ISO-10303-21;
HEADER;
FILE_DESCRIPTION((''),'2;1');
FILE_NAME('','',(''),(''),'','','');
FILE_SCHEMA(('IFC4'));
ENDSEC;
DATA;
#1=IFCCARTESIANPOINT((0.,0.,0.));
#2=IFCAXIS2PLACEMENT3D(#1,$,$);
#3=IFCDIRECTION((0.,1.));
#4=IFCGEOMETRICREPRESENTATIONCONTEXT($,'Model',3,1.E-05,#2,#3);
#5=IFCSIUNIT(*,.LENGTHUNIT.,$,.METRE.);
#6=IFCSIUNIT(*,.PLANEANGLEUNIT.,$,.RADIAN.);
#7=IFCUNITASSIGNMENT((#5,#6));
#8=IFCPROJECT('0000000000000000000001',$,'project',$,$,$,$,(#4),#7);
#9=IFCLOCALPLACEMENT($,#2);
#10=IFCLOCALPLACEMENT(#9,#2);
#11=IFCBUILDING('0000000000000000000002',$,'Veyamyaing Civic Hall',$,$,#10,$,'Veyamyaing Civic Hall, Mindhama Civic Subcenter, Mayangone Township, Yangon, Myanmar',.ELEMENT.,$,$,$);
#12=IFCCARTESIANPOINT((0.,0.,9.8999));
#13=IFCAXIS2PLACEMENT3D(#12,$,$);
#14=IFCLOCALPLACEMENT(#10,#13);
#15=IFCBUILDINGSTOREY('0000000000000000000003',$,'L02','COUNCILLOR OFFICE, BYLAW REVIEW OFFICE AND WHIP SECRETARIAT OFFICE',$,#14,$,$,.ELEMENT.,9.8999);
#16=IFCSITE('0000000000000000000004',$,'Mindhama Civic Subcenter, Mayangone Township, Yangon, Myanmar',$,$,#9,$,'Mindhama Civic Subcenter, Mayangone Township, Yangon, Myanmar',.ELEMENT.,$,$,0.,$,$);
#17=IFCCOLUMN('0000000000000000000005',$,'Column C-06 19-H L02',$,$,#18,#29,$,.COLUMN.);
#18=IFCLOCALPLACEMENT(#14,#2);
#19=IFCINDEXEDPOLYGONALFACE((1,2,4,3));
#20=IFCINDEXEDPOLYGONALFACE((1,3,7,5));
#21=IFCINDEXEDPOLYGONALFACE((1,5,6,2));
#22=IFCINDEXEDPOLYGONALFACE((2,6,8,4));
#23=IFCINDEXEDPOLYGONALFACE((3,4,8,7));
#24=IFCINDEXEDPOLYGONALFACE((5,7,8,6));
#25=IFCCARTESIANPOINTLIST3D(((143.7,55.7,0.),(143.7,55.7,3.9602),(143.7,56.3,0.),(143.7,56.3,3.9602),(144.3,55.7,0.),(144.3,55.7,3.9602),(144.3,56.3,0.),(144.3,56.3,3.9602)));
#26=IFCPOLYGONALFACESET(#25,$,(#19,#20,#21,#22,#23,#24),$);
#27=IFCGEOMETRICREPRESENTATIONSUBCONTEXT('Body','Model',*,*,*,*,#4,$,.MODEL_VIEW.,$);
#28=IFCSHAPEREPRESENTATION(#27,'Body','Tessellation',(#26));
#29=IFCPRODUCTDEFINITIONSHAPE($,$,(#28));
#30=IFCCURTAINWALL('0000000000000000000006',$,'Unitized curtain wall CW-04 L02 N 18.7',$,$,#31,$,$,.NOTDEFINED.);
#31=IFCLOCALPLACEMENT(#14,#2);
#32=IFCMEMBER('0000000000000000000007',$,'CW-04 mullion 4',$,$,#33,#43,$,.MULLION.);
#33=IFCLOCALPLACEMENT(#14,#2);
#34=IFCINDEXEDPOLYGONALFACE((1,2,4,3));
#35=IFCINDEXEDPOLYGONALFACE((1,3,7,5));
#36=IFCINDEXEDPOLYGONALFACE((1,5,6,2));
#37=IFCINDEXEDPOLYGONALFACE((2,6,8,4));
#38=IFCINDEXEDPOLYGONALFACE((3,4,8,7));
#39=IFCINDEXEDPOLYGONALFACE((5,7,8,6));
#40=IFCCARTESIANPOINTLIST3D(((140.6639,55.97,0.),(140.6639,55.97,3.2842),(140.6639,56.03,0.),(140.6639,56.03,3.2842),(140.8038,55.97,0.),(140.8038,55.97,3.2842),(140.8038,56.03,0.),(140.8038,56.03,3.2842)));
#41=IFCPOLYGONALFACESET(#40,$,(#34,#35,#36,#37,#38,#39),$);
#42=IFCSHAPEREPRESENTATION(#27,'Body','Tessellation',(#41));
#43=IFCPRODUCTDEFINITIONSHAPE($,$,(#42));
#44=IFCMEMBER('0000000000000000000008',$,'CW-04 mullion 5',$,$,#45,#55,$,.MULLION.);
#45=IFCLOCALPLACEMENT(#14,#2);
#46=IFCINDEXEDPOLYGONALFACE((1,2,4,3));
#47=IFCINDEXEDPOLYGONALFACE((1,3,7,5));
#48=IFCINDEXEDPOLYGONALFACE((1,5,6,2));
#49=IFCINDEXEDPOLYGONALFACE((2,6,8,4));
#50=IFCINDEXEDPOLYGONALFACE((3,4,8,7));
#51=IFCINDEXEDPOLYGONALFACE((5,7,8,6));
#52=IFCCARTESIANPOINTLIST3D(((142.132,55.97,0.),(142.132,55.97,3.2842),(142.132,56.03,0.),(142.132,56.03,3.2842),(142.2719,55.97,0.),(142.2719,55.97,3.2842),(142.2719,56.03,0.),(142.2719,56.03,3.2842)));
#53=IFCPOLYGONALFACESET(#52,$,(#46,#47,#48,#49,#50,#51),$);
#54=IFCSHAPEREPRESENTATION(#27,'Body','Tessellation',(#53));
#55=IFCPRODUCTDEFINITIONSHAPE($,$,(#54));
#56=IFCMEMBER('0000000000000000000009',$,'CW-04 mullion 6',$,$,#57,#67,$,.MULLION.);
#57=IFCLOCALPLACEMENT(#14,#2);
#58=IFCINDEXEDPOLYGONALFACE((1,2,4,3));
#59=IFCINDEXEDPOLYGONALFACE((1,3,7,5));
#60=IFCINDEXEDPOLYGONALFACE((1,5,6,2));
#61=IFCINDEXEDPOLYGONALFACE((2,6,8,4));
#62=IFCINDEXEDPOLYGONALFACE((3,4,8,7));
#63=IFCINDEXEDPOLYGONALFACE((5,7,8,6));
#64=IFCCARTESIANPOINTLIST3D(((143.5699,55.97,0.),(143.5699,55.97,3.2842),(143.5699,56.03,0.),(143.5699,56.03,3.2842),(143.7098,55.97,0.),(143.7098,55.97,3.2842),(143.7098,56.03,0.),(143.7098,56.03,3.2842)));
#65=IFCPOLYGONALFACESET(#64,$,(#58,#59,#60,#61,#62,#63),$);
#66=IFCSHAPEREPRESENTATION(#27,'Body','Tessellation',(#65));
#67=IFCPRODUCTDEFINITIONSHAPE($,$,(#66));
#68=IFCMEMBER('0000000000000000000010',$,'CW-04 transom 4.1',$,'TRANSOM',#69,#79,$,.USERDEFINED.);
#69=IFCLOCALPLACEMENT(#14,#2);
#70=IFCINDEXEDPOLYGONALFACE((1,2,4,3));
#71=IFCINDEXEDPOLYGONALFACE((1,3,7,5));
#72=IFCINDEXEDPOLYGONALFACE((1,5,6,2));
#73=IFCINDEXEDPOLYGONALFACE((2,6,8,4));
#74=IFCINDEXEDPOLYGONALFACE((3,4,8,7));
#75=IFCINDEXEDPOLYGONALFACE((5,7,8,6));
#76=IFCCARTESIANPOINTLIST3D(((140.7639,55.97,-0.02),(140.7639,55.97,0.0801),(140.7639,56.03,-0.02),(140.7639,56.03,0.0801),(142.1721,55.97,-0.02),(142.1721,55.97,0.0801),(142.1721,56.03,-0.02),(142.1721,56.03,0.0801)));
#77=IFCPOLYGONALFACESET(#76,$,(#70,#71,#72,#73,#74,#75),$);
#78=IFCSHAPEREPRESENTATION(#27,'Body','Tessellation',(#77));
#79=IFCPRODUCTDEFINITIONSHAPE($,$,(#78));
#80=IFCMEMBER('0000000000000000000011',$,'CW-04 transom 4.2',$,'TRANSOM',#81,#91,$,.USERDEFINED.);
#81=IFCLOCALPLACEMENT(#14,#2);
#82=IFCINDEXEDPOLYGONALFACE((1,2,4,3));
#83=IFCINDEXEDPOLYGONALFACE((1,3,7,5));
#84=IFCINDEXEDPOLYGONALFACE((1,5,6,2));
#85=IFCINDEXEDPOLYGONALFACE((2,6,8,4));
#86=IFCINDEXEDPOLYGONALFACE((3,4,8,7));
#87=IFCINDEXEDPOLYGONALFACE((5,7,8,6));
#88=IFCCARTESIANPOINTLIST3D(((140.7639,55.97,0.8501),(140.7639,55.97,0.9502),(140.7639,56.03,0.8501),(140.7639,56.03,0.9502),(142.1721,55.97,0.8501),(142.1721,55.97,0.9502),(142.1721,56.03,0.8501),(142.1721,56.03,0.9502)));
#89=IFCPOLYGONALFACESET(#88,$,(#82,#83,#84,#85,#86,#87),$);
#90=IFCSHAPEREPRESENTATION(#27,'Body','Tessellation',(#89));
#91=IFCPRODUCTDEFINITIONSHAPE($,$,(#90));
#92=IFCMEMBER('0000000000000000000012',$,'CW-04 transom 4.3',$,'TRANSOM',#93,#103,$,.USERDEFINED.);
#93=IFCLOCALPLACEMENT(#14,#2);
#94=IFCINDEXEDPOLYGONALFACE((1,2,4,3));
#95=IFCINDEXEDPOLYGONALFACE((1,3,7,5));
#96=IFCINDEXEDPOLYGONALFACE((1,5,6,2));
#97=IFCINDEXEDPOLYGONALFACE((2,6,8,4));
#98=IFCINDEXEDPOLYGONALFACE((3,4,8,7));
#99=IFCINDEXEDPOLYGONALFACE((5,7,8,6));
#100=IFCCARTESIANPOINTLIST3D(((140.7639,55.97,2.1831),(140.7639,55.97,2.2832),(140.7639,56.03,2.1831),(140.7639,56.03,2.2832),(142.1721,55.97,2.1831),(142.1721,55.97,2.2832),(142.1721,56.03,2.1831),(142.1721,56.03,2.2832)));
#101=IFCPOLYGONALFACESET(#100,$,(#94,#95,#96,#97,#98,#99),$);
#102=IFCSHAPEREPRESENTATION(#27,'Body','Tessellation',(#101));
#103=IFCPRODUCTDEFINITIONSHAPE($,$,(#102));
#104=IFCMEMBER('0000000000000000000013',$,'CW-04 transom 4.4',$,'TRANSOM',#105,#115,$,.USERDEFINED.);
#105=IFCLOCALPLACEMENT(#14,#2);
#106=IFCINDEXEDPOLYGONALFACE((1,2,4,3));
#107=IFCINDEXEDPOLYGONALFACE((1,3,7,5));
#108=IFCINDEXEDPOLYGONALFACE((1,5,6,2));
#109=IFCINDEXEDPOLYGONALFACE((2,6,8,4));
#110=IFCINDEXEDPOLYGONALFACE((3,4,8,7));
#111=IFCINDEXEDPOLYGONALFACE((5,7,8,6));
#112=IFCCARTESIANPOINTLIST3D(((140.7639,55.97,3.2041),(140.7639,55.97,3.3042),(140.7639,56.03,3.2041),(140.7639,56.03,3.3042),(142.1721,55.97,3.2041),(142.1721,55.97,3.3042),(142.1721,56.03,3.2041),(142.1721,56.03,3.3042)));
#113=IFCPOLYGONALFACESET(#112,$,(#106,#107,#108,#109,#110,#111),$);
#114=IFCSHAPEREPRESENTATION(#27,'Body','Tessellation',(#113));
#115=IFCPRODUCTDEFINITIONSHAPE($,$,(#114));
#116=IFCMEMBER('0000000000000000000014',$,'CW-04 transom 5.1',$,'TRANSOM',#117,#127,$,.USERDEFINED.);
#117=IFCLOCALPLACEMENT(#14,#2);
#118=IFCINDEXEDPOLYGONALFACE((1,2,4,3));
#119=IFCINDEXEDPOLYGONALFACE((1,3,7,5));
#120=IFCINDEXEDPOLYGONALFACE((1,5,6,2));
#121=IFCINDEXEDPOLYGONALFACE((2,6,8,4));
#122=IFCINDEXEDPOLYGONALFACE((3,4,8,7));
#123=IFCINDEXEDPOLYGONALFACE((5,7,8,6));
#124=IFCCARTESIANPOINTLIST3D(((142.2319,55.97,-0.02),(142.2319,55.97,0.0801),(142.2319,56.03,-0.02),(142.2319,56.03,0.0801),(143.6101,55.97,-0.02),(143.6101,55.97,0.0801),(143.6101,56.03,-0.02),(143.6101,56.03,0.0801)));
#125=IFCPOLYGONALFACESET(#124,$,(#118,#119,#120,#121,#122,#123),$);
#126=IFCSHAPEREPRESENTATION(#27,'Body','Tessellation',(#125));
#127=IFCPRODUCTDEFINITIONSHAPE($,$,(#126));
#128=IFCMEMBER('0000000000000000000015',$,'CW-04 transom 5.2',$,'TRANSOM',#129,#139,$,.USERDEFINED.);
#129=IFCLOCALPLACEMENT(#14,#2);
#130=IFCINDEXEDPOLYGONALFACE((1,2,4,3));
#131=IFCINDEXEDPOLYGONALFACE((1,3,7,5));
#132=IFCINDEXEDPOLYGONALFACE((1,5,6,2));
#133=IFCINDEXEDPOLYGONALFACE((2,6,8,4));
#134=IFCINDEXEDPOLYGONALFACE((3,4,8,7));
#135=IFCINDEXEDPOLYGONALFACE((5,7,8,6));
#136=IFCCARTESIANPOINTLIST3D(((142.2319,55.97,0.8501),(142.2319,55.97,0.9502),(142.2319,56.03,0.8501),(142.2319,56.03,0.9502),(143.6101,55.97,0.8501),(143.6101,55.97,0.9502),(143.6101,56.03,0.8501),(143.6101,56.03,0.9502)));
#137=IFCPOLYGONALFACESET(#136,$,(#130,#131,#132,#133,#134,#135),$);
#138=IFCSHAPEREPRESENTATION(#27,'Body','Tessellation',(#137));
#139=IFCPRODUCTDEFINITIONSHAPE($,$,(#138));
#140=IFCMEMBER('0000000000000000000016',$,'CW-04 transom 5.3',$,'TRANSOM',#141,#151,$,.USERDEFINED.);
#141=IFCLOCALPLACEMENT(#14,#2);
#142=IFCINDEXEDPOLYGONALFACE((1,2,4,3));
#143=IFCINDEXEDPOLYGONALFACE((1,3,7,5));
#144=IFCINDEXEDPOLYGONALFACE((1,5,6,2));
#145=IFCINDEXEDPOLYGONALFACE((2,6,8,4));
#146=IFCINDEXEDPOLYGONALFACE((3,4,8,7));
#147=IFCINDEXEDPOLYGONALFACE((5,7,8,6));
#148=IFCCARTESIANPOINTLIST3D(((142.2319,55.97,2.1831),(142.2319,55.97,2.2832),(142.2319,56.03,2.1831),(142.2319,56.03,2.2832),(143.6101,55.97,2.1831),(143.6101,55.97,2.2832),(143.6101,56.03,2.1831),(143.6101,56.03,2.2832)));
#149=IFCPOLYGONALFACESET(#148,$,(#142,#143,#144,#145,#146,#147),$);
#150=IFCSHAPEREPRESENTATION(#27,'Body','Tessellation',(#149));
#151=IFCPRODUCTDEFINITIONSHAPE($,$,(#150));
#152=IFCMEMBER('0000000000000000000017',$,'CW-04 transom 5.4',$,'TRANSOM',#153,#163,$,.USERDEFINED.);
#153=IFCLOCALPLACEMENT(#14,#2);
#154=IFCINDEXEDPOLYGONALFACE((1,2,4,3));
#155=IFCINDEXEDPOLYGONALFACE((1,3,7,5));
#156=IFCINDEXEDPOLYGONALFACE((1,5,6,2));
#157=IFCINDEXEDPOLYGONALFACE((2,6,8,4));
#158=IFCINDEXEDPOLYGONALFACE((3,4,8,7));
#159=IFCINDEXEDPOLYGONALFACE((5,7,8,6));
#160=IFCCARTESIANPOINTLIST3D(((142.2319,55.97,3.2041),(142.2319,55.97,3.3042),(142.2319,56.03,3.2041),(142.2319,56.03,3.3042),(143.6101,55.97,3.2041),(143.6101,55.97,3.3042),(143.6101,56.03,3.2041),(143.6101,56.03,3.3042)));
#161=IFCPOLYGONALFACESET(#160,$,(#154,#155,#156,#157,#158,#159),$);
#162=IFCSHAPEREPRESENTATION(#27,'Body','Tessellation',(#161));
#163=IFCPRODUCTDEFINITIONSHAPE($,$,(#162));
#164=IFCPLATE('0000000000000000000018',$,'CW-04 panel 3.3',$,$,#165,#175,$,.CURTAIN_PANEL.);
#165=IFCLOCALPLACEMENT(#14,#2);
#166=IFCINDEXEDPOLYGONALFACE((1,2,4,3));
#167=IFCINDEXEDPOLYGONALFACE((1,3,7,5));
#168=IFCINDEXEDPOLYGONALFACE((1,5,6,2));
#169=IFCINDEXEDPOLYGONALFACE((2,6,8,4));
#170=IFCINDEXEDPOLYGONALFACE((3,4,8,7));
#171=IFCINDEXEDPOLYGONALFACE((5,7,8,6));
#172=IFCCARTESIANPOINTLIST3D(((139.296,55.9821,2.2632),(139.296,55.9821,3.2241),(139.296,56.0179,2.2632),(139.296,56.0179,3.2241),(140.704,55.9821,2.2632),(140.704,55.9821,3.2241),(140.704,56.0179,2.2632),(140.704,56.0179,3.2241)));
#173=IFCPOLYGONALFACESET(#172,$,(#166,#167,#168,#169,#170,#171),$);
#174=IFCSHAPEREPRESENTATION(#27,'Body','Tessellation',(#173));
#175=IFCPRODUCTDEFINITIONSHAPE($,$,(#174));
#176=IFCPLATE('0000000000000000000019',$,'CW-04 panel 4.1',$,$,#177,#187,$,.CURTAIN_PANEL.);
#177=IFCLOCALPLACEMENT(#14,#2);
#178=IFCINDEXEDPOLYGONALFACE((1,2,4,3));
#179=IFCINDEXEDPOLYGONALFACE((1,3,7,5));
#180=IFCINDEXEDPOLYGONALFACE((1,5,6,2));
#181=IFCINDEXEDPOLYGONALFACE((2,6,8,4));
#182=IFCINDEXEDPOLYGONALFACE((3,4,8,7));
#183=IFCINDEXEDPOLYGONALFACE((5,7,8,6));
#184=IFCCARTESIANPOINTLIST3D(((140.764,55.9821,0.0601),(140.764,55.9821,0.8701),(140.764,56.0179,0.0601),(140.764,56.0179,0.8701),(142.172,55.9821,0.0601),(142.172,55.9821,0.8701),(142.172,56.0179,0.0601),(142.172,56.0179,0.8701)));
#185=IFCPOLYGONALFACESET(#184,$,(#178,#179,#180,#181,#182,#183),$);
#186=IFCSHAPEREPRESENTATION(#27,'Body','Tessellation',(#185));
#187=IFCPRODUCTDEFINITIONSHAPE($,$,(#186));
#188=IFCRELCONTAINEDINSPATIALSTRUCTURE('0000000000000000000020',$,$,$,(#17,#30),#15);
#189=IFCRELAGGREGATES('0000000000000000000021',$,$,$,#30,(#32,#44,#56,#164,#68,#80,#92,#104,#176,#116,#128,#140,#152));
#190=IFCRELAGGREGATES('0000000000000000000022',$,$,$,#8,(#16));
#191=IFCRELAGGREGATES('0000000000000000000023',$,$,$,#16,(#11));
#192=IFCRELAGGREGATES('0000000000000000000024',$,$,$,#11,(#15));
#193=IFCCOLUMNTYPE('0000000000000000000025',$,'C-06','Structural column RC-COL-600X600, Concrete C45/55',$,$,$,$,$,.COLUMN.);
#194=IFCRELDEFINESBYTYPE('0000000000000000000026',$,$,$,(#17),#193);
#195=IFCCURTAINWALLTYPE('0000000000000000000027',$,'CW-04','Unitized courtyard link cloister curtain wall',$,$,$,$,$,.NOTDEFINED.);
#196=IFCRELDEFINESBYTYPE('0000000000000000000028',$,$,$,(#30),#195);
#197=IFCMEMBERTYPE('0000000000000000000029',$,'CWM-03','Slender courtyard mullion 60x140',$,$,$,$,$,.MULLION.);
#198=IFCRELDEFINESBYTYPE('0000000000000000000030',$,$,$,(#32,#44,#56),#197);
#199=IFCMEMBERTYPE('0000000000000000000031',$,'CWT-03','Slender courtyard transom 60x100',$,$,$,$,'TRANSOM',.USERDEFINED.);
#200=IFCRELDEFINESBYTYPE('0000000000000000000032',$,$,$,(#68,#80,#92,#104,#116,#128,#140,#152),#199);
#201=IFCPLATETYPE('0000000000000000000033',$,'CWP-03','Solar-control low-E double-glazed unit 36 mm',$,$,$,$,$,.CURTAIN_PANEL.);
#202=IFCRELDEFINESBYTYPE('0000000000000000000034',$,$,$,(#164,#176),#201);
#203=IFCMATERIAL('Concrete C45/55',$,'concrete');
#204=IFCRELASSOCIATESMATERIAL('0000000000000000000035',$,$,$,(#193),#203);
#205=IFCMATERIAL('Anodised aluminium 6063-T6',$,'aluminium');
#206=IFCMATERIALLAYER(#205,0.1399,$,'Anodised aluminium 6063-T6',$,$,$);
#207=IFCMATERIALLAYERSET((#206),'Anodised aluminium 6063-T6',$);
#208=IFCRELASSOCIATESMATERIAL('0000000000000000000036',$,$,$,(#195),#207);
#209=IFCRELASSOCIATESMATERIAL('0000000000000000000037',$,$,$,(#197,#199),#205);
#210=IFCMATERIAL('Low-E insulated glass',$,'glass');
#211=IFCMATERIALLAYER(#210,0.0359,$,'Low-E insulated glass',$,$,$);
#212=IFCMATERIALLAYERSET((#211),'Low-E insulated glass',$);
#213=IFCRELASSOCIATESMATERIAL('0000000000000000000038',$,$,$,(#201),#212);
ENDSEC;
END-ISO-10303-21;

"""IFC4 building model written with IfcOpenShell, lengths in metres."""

from ifc_helpers import new_model, si_unit, direction, frame, origin, origin_2d, place, context, subcontext, project, spatial, rectangle, extrude, material, layer, layer_set, material_profile, profile_set, type_object, element, aggregate, save


model = new_model("IFC4")

# Units and contexts
model_context = context("Model", 3, precision=1e-05, world=origin(), true_north=direction((0.0, 1.0)))
body_context = subcontext(model_context, "Body", "Model", "MODEL_VIEW")
ifc_project = project(units=[si_unit("LENGTHUNIT", "METRE"), si_unit("PLANEANGLEUNIT", "RADIAN")], contexts=[model_context])

# Site, building, storey
site_placement = place(None, origin())
site = spatial("IfcSite", under=ifc_project, at=site_placement, Name="Mindhama Civic Subcenter, Mayangone Township, Yangon, Myanmar", LongName="Mindhama Civic Subcenter, Mayangone Township, Yangon, Myanmar", CompositionType="ELEMENT", RefElevation=0.0)
building_placement = place(site_placement, origin())
building = spatial("IfcBuilding", under=site, at=building_placement, Name="Veyamyaing Civic Hall", LongName="Veyamyaing Civic Hall, Mindhama Civic Subcenter, Mayangone Township, Yangon, Myanmar", CompositionType="ELEMENT")
storey_placement = place(building_placement, frame((0.0, 0.0, 9.8999)))
storey = spatial("IfcBuildingStorey", under=building, at=storey_placement, Name="L02", Description="COUNCILLOR OFFICE, BYLAW REVIEW OFFICE AND WHIP SECRETARIAT OFFICE", CompositionType="ELEMENT", Elevation=9.8999)

# Column
ifc_material_1 = material(Name="Concrete C45/55", Category="concrete")
ifc_material_profile_1 = material_profile(ifc_material_1, rectangle(XDim=0.6001, YDim=0.6001, at=origin_2d()), Name="RC-COL-600X600")
ifc_profile_set_1 = profile_set([ifc_material_profile_1], Name="Concrete C45/55")
column_type = type_object("IfcColumnType", Name="C-06", Description="Structural column RC-COL-600X600, Concrete C45/55", PredefinedType="COLUMN", material=ifc_profile_set_1)
column_placement = place(storey_placement, frame((144.0, 56.0, 0.0), z_axis=(0.0, 0.0, 1.0), x_axis=(1.0, 0.0, 0.0)))
element("IfcColumn", 1, at=column_placement, inside=storey, type_object=column_type, Name="Column C-06 19-H L02", PredefinedType="COLUMN", context=body_context, shape_type="SweptSolid", body=[
    extrude(rectangle(XDim=0.6001, YDim=0.6001, at=origin_2d()), origin(), (0.0, 0.0, 1.0), 3.9602),
])

# Curtain wall, members, plates
ifc_material_2 = material(Name="Anodised aluminium 6063-T6", Category="aluminium")
ifc_layer_1 = layer(ifc_material_2, 0.1399, Name="Anodised aluminium 6063-T6")
ifc_layer_set_1 = layer_set([ifc_layer_1], Name="Anodised aluminium 6063-T6")
curtain_wall_type = type_object("IfcCurtainWallType", Name="CW-04", Description="Unitized courtyard link cloister curtain wall", PredefinedType="NOTDEFINED", material=ifc_layer_set_1)
curtain_wall_placement = place(storey_placement, origin())
curtain_wall = element("IfcCurtainWall", 2, at=curtain_wall_placement, inside=storey, type_object=curtain_wall_type, Name="Unitized curtain wall CW-04 L02 N 18.7", PredefinedType="NOTDEFINED")
ifc_material_profile_2 = material_profile(ifc_material_2, rectangle(XDim=0.0601, YDim=0.1399, at=origin_2d()), Name="ALU-MUL-60X140")
ifc_profile_set_2 = profile_set([ifc_material_profile_2], Name="Anodised aluminium 6063-T6")
member_type_1 = type_object("IfcMemberType", Name="CWM-03", Description="Slender courtyard mullion 60x140", PredefinedType="MULLION", material=ifc_profile_set_2)
member_1_placement = place(storey_placement, frame((140.7339, 56.0, 0.0), z_axis=(0.0, 0.0, 1.0), x_axis=(0.0, 1.0, 0.0)))
member_1 = element("IfcMember", 3, at=member_1_placement, type_object=member_type_1, Name="CW-04 mullion 4", PredefinedType="MULLION", context=body_context, shape_type="SweptSolid", body=[
    extrude(rectangle(XDim=0.0601, YDim=0.1399, at=origin_2d()), origin(), (0.0, 0.0, 1.0), 3.2842),
])
member_2_placement = place(storey_placement, frame((142.2019, 56.0, 0.0), z_axis=(0.0, 0.0, 1.0), x_axis=(0.0, 1.0, 0.0)))
member_2 = element("IfcMember", 4, at=member_2_placement, type_object=member_type_1, Name="CW-04 mullion 5", PredefinedType="MULLION", context=body_context, shape_type="SweptSolid", body=[
    extrude(rectangle(XDim=0.0601, YDim=0.1399, at=origin_2d()), origin(), (0.0, 0.0, 1.0), 3.2842),
])
member_3_placement = place(storey_placement, frame((143.6399, 56.0, 0.0), z_axis=(0.0, 0.0, 1.0), x_axis=(0.0, 1.0, 0.0)))
member_3 = element("IfcMember", 5, at=member_3_placement, type_object=member_type_1, Name="CW-04 mullion 6", PredefinedType="MULLION", context=body_context, shape_type="SweptSolid", body=[
    extrude(rectangle(XDim=0.0601, YDim=0.1399, at=origin_2d()), origin(), (0.0, 0.0, 1.0), 3.2842),
])
ifc_material_profile_3 = material_profile(ifc_material_2, rectangle(XDim=0.0601, YDim=0.1001, at=origin_2d()), Name="ALU-TRN-60X100")
ifc_profile_set_3 = profile_set([ifc_material_profile_3], Name="Anodised aluminium 6063-T6")
member_type_2 = type_object("IfcMemberType", Name="CWT-03", Description="Slender courtyard transom 60x100", ElementType="TRANSOM", PredefinedType="USERDEFINED", material=ifc_profile_set_3)
member_4_placement = place(storey_placement, frame((140.7639, 56.0, 0.03), z_axis=(1.0, 0.0, 0.0), x_axis=(0.0, 1.0, 0.0)))
member_4 = element("IfcMember", 6, at=member_4_placement, type_object=member_type_2, Name="CW-04 transom 4.1", ObjectType="TRANSOM", PredefinedType="USERDEFINED", context=body_context, shape_type="SweptSolid", body=[
    extrude(rectangle(XDim=0.0601, YDim=0.1001, at=origin_2d()), origin(), (0.0, 0.0, 1.0), 1.4082),
])
member_5_placement = place(storey_placement, frame((140.7639, 56.0, 0.9001), z_axis=(1.0, 0.0, 0.0), x_axis=(0.0, 1.0, 0.0)))
member_5 = element("IfcMember", 7, at=member_5_placement, type_object=member_type_2, Name="CW-04 transom 4.2", ObjectType="TRANSOM", PredefinedType="USERDEFINED", context=body_context, shape_type="SweptSolid", body=[
    extrude(rectangle(XDim=0.0601, YDim=0.1001, at=origin_2d()), origin(), (0.0, 0.0, 1.0), 1.4082),
])
member_6_placement = place(storey_placement, frame((140.7639, 56.0, 2.2332), z_axis=(1.0, 0.0, 0.0), x_axis=(0.0, 1.0, 0.0)))
member_6 = element("IfcMember", 8, at=member_6_placement, type_object=member_type_2, Name="CW-04 transom 4.3", ObjectType="TRANSOM", PredefinedType="USERDEFINED", context=body_context, shape_type="SweptSolid", body=[
    extrude(rectangle(XDim=0.0601, YDim=0.1001, at=origin_2d()), origin(), (0.0, 0.0, 1.0), 1.4082),
])
member_7_placement = place(storey_placement, frame((140.7639, 56.0, 3.2542), z_axis=(1.0, 0.0, 0.0), x_axis=(0.0, 1.0, 0.0)))
member_7 = element("IfcMember", 9, at=member_7_placement, type_object=member_type_2, Name="CW-04 transom 4.4", ObjectType="TRANSOM", PredefinedType="USERDEFINED", context=body_context, shape_type="SweptSolid", body=[
    extrude(rectangle(XDim=0.0601, YDim=0.1001, at=origin_2d()), origin(), (0.0, 0.0, 1.0), 1.4082),
])
member_8_placement = place(storey_placement, frame((142.2319, 56.0, 0.03), z_axis=(1.0, 0.0, 0.0), x_axis=(0.0, 1.0, 0.0)))
member_8 = element("IfcMember", 10, at=member_8_placement, type_object=member_type_2, Name="CW-04 transom 5.1", ObjectType="TRANSOM", PredefinedType="USERDEFINED", context=body_context, shape_type="SweptSolid", body=[
    extrude(rectangle(XDim=0.0601, YDim=0.1001, at=origin_2d()), origin(), (0.0, 0.0, 1.0), 1.3782),
])
member_9_placement = place(storey_placement, frame((142.2319, 56.0, 0.9001), z_axis=(1.0, 0.0, 0.0), x_axis=(0.0, 1.0, 0.0)))
member_9 = element("IfcMember", 11, at=member_9_placement, type_object=member_type_2, Name="CW-04 transom 5.2", ObjectType="TRANSOM", PredefinedType="USERDEFINED", context=body_context, shape_type="SweptSolid", body=[
    extrude(rectangle(XDim=0.0601, YDim=0.1001, at=origin_2d()), origin(), (0.0, 0.0, 1.0), 1.3782),
])
member_10_placement = place(storey_placement, frame((142.2319, 56.0, 2.2332), z_axis=(1.0, 0.0, 0.0), x_axis=(0.0, 1.0, 0.0)))
member_10 = element("IfcMember", 12, at=member_10_placement, type_object=member_type_2, Name="CW-04 transom 5.3", ObjectType="TRANSOM", PredefinedType="USERDEFINED", context=body_context, shape_type="SweptSolid", body=[
    extrude(rectangle(XDim=0.0601, YDim=0.1001, at=origin_2d()), origin(), (0.0, 0.0, 1.0), 1.3782),
])
member_11_placement = place(storey_placement, frame((142.2319, 56.0, 3.2542), z_axis=(1.0, 0.0, 0.0), x_axis=(0.0, 1.0, 0.0)))
member_11 = element("IfcMember", 13, at=member_11_placement, type_object=member_type_2, Name="CW-04 transom 5.4", ObjectType="TRANSOM", PredefinedType="USERDEFINED", context=body_context, shape_type="SweptSolid", body=[
    extrude(rectangle(XDim=0.0601, YDim=0.1001, at=origin_2d()), origin(), (0.0, 0.0, 1.0), 1.3782),
])
ifc_material_3 = material(Name="Low-E insulated glass", Category="glass")
ifc_layer_2 = layer(ifc_material_3, 0.0359, Name="Low-E insulated glass")
ifc_layer_set_2 = layer_set([ifc_layer_2], Name="Low-E insulated glass")
plate_type = type_object("IfcPlateType", Name="CWP-03", Description="Solar-control low-E double-glazed unit 36 mm", PredefinedType="CURTAIN_PANEL", material=ifc_layer_set_2)
plate_1_placement = place(storey_placement, frame((140.0, 56.0, 2.2632), z_axis=(0.0, 0.0, 1.0), x_axis=(1.0, 0.0, 0.0)))
plate_1 = element("IfcPlate", 14, at=plate_1_placement, type_object=plate_type, Name="CW-04 panel 3.3", PredefinedType="CURTAIN_PANEL", context=body_context, shape_type="SweptSolid", body=[
    extrude(rectangle(XDim=1.408, YDim=0.0359, at=origin_2d()), origin(), (0.0, 0.0, 1.0), 0.9609),
])
plate_2_placement = place(storey_placement, frame((141.468, 56.0, 0.0601), z_axis=(0.0, 0.0, 1.0), x_axis=(1.0, 0.0, 0.0)))
plate_2 = element("IfcPlate", 15, at=plate_2_placement, type_object=plate_type, Name="CW-04 panel 4.1", PredefinedType="CURTAIN_PANEL", context=body_context, shape_type="SweptSolid", body=[
    extrude(rectangle(XDim=1.408, YDim=0.0359, at=origin_2d()), origin(), (0.0, 0.0, 1.0), 0.8101),
])
aggregate(curtain_wall, [member_1, member_2, member_3, plate_1, member_4, member_5, member_6, member_7, plate_2, member_8, member_9, member_10, member_11])

save(model, "model.ifc")
